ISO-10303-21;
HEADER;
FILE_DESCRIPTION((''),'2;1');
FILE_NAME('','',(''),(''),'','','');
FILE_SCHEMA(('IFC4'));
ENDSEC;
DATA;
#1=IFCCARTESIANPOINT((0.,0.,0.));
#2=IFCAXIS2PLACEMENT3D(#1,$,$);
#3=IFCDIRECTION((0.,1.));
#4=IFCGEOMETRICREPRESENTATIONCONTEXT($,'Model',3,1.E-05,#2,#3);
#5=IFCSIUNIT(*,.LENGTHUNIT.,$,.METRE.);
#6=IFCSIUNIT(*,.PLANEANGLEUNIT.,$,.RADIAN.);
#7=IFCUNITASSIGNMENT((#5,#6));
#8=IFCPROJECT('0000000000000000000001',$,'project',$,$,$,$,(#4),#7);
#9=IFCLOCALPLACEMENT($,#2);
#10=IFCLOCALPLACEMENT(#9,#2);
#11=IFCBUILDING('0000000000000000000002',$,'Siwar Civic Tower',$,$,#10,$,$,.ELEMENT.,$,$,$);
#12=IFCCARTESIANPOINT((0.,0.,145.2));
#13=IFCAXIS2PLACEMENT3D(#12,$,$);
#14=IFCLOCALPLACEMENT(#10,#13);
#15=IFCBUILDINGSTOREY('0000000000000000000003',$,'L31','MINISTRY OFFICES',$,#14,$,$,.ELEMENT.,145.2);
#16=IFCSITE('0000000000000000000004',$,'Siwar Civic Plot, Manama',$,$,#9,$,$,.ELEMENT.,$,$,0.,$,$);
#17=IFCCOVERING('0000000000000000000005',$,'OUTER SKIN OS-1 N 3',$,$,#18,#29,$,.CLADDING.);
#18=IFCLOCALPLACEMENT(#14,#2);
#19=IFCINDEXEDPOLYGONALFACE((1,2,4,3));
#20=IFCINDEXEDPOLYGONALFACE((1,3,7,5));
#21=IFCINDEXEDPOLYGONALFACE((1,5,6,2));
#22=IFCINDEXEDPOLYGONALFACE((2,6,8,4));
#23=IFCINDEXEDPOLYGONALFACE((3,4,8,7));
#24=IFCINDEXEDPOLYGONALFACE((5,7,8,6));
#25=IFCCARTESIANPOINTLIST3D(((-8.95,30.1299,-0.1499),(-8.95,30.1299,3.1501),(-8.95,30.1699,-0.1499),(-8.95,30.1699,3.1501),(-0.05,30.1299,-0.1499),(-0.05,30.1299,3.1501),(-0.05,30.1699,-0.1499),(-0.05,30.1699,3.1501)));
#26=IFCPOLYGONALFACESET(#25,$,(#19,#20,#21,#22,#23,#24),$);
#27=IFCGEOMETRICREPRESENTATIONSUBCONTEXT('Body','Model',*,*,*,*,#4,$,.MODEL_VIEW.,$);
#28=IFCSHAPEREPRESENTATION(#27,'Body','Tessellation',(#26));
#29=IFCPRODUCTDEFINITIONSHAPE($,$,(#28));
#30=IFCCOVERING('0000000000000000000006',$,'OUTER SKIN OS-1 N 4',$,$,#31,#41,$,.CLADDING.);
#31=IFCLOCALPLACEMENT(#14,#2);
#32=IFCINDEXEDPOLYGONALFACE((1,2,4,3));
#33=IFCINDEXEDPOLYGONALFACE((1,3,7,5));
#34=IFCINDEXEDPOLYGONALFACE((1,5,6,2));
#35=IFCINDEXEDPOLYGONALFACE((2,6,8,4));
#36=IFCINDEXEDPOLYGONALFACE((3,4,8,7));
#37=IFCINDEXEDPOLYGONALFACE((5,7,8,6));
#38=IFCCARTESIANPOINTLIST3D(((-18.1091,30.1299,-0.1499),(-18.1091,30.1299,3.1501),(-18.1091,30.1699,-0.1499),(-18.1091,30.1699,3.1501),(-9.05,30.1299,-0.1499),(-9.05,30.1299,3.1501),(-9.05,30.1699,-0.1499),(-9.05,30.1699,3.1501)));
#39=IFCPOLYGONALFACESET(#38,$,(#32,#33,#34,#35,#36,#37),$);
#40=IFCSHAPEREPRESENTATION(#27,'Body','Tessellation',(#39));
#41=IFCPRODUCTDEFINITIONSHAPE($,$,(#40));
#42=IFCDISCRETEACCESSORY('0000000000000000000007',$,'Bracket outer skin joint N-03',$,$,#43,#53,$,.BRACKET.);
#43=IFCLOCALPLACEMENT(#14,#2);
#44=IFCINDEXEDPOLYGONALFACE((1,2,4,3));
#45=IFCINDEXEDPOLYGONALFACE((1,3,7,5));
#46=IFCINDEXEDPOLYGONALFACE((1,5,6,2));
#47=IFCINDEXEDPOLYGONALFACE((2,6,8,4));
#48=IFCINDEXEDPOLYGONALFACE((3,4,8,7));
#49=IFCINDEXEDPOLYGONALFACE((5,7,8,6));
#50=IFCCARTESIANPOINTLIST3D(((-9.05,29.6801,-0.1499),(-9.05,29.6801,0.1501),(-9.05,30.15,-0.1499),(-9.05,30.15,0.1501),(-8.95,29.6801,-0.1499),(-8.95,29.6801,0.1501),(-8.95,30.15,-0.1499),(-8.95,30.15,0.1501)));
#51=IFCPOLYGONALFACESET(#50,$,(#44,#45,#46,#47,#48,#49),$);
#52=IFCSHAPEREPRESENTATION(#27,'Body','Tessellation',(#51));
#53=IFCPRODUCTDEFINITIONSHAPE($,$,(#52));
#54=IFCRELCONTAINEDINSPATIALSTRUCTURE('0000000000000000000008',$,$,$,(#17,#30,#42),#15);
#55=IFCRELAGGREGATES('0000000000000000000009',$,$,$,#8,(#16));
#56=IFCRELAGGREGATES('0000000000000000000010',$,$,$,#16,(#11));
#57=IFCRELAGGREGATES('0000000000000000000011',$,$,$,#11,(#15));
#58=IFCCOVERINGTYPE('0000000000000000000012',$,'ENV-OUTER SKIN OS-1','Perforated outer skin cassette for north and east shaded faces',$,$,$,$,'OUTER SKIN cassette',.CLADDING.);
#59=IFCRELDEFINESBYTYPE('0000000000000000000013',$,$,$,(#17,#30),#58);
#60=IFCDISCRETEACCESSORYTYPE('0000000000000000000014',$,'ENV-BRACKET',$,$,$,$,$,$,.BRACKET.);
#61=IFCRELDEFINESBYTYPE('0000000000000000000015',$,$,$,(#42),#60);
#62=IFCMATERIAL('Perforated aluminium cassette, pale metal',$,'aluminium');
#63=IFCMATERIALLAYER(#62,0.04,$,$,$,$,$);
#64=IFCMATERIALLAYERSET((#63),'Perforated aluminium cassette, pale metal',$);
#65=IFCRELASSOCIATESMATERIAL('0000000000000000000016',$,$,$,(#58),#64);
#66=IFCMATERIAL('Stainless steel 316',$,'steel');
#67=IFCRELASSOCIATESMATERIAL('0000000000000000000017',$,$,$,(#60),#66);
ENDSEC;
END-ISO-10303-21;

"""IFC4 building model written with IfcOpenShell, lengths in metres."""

from ifc_helpers import new_model, si_unit, direction, frame, origin, origin_2d, place, context, subcontext, project, spatial, rectangle, extrude, material, layer, layer_set, type_object, element, save


model = new_model("IFC4")

# Units and contexts
model_context = context("Model", 3, precision=1e-05, world=origin(), true_north=direction((0.0, 1.0)))
body_context = subcontext(model_context, "Body", "Model", "MODEL_VIEW")
ifc_project = project(units=[si_unit("LENGTHUNIT", "METRE"), si_unit("PLANEANGLEUNIT", "RADIAN")], contexts=[model_context])

# Site, building, storey
site_placement = place(None, origin())
site = spatial("IfcSite", under=ifc_project, at=site_placement, Name="Siwar Civic Plot, Manama", CompositionType="ELEMENT", RefElevation=0.0)
building_placement = place(site_placement, origin())
building = spatial("IfcBuilding", under=site, at=building_placement, Name="Siwar Civic Tower", CompositionType="ELEMENT")
storey_placement = place(building_placement, frame((0.0, 0.0, 145.2)))
storey = spatial("IfcBuildingStorey", under=building, at=storey_placement, Name="L31", Description="MINISTRY OFFICES", CompositionType="ELEMENT", Elevation=145.2)

# Coverings
ifc_material_1 = material(Name="Perforated aluminium cassette, pale metal", Category="aluminium")
ifc_layer_1 = layer(ifc_material_1, 0.04)
ifc_layer_set_1 = layer_set([ifc_layer_1], Name="Perforated aluminium cassette, pale metal")
covering_type = type_object("IfcCoveringType", Name="ENV-OUTER SKIN OS-1", Description="Perforated outer skin cassette for north and east shaded faces", ElementType="OUTER SKIN cassette", PredefinedType="CLADDING", material=ifc_layer_set_1)
covering_1_placement = place(storey_placement, frame((-4.5, 30.1499, -0.1499), z_axis=(0.0, 0.0, 1.0), x_axis=(-1.0, 0.0, 0.0)))
element("IfcCovering", 1, at=covering_1_placement, inside=storey, type_object=covering_type, Name="OUTER SKIN OS-1 N 3", PredefinedType="CLADDING", context=body_context, shape_type="SweptSolid", body=[
    extrude(rectangle(XDim=8.8999, YDim=0.04, at=origin_2d()), origin(), (0.0, 0.0, 1.0), 3.3),
])
covering_2_placement = place(storey_placement, frame((-13.5796, 30.1499, -0.1499), z_axis=(0.0, 0.0, 1.0), x_axis=(-1.0, 0.0, 0.0)))
element("IfcCovering", 2, at=covering_2_placement, inside=storey, type_object=covering_type, Name="OUTER SKIN OS-1 N 4", PredefinedType="CLADDING", context=body_context, shape_type="SweptSolid", body=[
    extrude(rectangle(XDim=9.0591, YDim=0.04, at=origin_2d()), origin(), (0.0, 0.0, 1.0), 3.3),
])

# Discrete accessory
ifc_material_2 = material(Name="Stainless steel 316", Category="steel")
discrete_accessory_type = type_object("IfcDiscreteAccessoryType", Name="ENV-BRACKET", PredefinedType="BRACKET", material=ifc_material_2)
discrete_accessory_placement = place(storey_placement, frame((-9.0, 29.915, -0.1499), z_axis=(0.0, 0.0, 1.0), x_axis=(0.0, 1.0, 0.0)))
element("IfcDiscreteAccessory", 3, at=discrete_accessory_placement, inside=storey, type_object=discrete_accessory_type, Name="Bracket outer skin joint N-03", PredefinedType="BRACKET", context=body_context, shape_type="SweptSolid", body=[
    extrude(rectangle(XDim=0.47, YDim=0.1001, at=origin_2d()), origin(), (0.0, 0.0, 1.0), 0.3),
])

save(model, "model.ifc")
